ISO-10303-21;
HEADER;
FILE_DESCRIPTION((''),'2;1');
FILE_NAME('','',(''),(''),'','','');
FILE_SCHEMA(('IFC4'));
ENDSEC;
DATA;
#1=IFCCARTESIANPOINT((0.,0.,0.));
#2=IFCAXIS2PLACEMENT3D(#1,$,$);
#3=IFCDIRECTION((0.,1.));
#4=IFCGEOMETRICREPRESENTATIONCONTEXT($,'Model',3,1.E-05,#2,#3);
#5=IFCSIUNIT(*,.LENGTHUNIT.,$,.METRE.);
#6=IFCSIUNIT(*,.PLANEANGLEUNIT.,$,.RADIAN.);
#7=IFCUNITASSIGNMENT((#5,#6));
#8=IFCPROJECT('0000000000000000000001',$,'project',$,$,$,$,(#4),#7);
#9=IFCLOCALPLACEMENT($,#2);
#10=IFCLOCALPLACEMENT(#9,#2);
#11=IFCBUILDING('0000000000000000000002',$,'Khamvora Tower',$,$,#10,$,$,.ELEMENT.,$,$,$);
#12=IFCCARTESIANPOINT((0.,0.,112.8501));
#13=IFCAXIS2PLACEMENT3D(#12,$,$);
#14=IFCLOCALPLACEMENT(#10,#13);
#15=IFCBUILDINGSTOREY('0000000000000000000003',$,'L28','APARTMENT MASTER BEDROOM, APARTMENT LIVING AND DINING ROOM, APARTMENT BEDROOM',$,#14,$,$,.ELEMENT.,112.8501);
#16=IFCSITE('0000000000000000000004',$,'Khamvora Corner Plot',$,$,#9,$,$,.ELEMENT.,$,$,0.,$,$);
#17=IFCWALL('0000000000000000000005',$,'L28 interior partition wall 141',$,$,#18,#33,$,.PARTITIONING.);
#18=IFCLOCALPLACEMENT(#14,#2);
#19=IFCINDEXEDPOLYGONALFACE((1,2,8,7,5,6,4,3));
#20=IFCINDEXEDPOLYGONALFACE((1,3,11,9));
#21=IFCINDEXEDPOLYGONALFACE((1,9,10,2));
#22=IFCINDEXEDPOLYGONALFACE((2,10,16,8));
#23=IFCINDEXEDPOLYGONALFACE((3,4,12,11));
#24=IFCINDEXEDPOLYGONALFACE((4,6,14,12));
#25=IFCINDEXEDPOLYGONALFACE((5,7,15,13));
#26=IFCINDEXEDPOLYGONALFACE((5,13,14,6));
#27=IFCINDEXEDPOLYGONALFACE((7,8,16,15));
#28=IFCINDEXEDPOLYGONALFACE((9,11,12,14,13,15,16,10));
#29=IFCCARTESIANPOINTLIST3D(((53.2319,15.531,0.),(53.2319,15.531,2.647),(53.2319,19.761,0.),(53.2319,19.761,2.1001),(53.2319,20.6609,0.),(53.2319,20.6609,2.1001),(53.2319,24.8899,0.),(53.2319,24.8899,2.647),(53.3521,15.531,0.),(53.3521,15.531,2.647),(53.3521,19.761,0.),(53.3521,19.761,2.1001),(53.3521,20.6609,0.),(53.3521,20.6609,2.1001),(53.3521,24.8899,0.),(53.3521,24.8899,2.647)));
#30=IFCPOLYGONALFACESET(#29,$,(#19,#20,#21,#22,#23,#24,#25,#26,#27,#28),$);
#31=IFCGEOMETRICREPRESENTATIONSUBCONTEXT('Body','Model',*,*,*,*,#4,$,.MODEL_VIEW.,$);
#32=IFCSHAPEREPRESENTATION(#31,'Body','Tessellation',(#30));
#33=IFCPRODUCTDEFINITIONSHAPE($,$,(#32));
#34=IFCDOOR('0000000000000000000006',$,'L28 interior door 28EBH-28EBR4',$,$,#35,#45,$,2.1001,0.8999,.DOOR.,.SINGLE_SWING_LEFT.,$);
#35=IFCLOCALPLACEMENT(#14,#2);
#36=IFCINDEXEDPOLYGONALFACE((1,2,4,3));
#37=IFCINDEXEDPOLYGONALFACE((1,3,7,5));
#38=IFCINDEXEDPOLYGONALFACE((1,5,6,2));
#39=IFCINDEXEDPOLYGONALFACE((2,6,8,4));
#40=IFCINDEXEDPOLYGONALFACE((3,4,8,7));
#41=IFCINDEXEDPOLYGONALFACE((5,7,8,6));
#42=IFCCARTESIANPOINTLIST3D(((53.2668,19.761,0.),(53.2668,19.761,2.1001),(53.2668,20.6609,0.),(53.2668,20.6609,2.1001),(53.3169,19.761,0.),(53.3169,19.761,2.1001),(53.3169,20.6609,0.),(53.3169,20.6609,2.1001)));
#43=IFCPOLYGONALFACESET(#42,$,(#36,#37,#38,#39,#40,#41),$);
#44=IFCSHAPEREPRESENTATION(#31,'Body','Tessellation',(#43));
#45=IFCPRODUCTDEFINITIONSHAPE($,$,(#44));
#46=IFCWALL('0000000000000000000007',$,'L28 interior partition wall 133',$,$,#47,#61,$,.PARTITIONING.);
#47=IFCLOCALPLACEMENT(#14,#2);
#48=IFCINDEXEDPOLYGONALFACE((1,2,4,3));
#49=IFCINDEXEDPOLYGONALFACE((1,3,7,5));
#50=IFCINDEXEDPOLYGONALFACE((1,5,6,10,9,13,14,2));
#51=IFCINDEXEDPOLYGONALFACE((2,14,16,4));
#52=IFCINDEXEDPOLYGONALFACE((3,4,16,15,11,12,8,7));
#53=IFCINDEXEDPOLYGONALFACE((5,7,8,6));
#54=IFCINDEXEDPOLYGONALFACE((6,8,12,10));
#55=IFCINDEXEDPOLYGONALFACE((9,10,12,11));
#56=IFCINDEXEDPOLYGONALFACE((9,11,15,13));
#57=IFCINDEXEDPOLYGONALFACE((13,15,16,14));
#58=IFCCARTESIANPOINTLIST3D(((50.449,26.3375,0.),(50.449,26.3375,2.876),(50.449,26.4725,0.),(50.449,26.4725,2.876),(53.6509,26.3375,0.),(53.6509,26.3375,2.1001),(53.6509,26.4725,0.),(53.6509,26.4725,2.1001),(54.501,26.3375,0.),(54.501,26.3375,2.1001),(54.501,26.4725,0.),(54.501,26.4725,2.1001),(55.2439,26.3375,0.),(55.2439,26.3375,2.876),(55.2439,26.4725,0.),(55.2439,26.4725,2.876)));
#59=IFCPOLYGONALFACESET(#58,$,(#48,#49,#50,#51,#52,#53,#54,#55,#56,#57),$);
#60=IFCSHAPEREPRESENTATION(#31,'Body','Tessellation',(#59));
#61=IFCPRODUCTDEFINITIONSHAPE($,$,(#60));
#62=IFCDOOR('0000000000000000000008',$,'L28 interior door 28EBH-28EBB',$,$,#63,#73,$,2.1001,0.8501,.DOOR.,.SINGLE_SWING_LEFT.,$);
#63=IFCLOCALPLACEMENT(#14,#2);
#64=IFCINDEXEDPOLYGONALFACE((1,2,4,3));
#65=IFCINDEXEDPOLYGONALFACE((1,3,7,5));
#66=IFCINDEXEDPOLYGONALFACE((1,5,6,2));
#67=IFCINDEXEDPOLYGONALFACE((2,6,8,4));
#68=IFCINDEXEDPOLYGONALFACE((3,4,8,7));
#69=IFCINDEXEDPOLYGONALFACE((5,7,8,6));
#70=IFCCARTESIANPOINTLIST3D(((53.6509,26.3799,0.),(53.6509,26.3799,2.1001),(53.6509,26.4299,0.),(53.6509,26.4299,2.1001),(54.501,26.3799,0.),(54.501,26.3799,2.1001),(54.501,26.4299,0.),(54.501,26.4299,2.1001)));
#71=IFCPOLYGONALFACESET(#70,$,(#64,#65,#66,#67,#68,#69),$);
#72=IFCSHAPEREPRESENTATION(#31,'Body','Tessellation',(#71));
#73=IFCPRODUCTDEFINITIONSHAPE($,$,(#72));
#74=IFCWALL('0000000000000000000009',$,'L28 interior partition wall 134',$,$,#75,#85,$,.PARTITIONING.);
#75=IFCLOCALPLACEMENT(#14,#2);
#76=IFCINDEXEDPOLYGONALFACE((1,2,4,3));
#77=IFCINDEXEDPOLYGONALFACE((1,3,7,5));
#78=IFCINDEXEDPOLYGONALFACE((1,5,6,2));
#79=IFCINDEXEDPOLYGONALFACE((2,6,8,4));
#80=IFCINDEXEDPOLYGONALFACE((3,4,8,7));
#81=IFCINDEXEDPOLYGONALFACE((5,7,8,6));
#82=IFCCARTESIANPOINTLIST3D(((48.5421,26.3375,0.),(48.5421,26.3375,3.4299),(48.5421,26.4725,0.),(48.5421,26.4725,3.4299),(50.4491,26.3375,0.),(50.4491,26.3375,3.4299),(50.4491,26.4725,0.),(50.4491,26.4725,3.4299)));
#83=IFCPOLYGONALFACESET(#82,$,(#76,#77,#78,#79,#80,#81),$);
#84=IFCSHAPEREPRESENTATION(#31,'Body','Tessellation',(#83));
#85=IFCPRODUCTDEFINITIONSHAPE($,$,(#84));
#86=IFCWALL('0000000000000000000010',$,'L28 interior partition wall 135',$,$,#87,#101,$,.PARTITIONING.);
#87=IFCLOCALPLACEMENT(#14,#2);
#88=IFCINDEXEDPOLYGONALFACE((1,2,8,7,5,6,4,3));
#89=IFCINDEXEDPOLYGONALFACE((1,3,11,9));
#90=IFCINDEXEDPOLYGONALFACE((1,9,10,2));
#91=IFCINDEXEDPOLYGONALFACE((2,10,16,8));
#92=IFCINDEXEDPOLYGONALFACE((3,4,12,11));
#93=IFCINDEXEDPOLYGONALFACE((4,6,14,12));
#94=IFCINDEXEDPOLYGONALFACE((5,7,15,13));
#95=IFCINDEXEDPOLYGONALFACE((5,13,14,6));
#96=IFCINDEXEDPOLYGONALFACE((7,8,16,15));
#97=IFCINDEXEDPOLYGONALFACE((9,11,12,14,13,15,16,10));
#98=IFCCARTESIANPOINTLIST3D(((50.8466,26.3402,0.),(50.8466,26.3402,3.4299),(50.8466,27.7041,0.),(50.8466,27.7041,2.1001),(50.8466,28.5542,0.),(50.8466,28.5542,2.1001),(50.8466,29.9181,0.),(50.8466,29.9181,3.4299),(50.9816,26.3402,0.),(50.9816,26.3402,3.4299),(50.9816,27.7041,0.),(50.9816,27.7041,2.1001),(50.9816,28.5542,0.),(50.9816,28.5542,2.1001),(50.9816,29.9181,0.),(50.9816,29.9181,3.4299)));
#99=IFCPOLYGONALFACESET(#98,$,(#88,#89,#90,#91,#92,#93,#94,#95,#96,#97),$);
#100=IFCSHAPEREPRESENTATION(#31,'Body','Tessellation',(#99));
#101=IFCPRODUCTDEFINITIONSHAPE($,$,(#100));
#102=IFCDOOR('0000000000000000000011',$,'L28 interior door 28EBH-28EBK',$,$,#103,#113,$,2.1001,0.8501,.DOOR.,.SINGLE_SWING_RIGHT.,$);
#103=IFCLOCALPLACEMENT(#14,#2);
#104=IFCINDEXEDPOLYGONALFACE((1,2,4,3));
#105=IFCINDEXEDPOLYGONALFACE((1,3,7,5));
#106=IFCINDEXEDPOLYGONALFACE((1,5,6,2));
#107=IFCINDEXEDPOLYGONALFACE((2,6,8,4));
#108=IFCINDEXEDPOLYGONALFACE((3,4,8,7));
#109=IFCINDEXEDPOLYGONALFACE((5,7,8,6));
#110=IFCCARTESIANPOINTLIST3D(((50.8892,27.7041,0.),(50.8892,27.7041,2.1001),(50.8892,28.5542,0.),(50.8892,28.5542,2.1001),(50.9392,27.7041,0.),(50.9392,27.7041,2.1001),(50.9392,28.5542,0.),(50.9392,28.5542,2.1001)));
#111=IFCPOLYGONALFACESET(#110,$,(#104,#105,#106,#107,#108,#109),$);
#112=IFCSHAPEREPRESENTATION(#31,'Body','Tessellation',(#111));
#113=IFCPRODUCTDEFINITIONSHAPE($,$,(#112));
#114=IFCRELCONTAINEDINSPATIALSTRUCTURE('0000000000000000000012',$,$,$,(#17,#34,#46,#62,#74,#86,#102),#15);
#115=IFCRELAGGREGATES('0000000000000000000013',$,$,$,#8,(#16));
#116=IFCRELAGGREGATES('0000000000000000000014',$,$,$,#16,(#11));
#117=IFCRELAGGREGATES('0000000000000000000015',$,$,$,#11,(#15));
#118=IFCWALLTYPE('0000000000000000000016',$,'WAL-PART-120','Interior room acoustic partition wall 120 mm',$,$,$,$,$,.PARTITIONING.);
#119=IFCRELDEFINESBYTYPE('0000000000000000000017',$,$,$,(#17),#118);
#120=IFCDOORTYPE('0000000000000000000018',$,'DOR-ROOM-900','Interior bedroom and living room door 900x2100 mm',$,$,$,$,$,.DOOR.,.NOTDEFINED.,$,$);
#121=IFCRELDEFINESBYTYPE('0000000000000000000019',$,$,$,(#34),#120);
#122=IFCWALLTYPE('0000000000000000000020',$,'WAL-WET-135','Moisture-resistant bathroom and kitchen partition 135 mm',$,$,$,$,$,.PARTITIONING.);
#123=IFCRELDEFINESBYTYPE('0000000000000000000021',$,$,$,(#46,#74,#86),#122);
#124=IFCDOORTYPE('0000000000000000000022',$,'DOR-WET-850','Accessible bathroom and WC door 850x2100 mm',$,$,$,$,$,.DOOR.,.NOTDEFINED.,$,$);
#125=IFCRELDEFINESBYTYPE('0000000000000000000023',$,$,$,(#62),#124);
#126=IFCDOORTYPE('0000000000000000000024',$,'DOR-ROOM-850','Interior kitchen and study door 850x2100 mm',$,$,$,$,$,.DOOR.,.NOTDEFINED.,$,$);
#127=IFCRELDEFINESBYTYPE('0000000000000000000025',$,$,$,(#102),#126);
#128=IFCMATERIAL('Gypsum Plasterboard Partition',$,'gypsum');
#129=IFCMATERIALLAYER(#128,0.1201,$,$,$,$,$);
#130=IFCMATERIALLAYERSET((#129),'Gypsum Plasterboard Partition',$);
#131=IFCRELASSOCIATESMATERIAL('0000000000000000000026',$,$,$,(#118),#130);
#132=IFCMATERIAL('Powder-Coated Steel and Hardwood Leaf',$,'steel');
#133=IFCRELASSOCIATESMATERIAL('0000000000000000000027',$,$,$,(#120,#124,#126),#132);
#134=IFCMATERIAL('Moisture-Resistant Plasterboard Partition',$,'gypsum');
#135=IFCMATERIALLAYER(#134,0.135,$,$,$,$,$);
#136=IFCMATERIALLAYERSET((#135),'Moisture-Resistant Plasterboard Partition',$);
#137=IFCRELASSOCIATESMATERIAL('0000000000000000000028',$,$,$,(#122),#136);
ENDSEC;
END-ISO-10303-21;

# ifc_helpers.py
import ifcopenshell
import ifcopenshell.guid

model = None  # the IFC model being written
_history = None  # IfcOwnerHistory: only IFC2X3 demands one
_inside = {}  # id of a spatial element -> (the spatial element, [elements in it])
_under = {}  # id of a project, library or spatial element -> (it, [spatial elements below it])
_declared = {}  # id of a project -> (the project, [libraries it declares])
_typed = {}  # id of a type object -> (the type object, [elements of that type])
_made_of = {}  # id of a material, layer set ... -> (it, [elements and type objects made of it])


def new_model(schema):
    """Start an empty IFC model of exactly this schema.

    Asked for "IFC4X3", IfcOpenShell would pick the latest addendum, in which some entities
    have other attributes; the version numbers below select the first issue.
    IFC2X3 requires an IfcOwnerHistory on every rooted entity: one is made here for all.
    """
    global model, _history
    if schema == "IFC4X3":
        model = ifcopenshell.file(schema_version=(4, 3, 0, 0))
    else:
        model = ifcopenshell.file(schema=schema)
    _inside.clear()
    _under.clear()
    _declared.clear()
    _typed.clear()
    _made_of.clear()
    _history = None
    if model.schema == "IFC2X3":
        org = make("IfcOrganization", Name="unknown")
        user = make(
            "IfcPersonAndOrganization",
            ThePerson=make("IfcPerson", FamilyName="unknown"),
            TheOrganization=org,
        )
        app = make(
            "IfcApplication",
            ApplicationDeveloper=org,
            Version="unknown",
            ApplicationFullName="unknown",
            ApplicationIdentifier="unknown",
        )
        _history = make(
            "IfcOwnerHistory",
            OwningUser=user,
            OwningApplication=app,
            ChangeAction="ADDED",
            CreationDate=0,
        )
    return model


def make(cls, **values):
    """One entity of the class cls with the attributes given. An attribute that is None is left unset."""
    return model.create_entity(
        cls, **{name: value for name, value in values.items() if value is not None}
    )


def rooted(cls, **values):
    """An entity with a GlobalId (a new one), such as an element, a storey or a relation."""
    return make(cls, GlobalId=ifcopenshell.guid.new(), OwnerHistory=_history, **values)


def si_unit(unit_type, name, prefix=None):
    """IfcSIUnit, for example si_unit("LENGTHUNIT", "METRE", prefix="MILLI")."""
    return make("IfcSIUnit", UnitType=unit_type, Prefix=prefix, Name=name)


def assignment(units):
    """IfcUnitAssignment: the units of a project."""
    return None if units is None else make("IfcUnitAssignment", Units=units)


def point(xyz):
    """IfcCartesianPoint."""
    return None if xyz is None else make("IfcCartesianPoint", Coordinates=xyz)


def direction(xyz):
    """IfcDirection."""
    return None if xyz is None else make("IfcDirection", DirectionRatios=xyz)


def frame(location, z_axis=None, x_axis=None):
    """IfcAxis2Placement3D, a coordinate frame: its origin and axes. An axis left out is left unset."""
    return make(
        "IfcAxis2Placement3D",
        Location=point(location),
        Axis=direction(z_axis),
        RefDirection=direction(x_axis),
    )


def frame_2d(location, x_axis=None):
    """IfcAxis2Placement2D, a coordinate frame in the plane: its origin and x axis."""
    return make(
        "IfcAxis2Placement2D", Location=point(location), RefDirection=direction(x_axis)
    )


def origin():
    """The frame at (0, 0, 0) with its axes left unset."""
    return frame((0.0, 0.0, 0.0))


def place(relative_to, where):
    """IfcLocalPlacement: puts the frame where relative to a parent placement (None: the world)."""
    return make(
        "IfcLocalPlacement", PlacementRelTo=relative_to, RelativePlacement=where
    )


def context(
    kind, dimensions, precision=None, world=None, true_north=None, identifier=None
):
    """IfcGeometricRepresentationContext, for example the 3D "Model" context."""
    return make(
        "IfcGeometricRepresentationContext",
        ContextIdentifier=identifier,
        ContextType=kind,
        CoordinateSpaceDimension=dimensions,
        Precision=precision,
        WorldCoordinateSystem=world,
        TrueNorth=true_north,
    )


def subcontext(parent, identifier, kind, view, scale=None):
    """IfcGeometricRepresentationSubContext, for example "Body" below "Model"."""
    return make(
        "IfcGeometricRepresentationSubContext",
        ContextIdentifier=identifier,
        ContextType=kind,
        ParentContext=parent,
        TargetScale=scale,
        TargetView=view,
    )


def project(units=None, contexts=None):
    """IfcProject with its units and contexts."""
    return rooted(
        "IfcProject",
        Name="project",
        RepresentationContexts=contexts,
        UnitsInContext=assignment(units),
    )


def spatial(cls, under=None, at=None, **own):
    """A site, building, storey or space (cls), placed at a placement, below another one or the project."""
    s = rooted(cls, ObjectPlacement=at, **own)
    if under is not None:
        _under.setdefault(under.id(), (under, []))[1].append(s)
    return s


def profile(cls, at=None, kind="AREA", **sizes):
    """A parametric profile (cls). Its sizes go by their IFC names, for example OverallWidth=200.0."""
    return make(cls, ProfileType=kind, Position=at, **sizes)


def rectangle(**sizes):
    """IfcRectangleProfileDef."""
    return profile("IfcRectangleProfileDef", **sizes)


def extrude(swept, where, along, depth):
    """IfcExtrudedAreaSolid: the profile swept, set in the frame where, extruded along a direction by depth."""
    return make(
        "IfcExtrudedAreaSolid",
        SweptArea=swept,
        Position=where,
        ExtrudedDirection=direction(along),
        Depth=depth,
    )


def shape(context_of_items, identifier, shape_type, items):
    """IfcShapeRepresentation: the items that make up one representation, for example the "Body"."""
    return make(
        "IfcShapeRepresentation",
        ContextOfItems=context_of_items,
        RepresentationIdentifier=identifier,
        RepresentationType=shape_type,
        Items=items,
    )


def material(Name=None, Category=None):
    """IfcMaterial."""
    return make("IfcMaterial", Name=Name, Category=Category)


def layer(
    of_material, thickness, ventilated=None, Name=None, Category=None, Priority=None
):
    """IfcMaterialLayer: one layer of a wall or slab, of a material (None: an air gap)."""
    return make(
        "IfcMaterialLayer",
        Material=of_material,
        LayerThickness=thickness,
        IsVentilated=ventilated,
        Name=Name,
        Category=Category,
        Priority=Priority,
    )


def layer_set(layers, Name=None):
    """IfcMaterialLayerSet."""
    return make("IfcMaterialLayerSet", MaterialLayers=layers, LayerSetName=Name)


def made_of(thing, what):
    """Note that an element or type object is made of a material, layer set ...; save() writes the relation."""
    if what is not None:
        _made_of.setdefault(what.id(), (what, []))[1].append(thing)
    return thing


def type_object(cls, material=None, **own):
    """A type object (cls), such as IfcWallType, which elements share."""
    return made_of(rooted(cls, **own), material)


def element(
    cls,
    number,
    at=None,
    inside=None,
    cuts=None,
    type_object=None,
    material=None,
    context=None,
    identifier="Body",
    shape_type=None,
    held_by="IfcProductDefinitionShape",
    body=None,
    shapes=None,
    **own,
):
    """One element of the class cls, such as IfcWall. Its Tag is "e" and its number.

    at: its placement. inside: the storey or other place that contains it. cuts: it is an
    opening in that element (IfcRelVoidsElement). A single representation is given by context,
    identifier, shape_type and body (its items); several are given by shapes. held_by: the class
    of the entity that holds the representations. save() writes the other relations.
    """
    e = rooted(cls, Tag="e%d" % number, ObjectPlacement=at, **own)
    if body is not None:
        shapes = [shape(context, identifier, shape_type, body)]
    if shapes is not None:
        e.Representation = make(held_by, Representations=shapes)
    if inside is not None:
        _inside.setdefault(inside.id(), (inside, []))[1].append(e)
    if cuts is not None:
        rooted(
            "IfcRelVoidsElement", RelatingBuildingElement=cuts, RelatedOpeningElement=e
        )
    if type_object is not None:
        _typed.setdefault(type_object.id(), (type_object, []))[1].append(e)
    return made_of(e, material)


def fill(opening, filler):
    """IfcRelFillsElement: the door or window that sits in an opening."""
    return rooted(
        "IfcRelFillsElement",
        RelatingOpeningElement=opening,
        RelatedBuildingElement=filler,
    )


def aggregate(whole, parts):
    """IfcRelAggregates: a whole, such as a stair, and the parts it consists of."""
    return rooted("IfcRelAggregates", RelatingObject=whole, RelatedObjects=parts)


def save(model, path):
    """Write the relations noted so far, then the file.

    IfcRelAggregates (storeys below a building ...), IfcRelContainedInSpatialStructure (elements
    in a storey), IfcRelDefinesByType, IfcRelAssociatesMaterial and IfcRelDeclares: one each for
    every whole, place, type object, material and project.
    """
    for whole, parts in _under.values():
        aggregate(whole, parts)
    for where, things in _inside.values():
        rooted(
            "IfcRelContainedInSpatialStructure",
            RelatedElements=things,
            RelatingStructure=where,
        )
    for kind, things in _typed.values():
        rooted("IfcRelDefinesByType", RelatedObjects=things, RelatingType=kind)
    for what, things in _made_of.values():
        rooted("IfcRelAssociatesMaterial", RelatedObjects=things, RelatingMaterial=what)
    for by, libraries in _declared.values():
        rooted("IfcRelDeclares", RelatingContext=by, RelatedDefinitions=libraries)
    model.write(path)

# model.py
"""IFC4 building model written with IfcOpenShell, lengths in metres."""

from ifc_helpers import new_model, si_unit, direction, frame, frame_2d, origin, place, context, subcontext, project, spatial, rectangle, extrude, material, layer, layer_set, type_object, element, fill, save


model = new_model("IFC4")

# Units and contexts
model_context = context("Model", 3, precision=1e-05, world=origin(), true_north=direction((0.0, 1.0)))
body_context = subcontext(model_context, "Body", "Model", "MODEL_VIEW")
ifc_project = project(units=[si_unit("LENGTHUNIT", "METRE"), si_unit("PLANEANGLEUNIT", "RADIAN")], contexts=[model_context])

# Site, building, storey
site_placement = place(None, origin())
site = spatial("IfcSite", under=ifc_project, at=site_placement, Name="Khamvora Corner Plot", CompositionType="ELEMENT", RefElevation=0.0)
building_placement = place(site_placement, origin())
building = spatial("IfcBuilding", under=site, at=building_placement, Name="Khamvora Tower", CompositionType="ELEMENT")
storey_placement = place(building_placement, frame((0.0, 0.0, 112.8501)))
storey = spatial("IfcBuildingStorey", under=building, at=storey_placement, Name="L28", Description="APARTMENT MASTER BEDROOM, APARTMENT LIVING AND DINING ROOM, APARTMENT BEDROOM", CompositionType="ELEMENT", Elevation=112.8501)

# Shared definitions
ifc_material_1 = material(Name="Powder-Coated Steel and Hardwood Leaf", Category="steel")

# Shared definitions
ifc_material_2 = material(Name="Gypsum Plasterboard Partition", Category="gypsum")
ifc_layer_1 = layer(ifc_material_2, 0.1201)
ifc_layer_set_1 = layer_set([ifc_layer_1], Name="Gypsum Plasterboard Partition")
wall_type_1 = type_object("IfcWallType", Name="WAL-PART-120", Description="Interior room acoustic partition wall 120 mm", PredefinedType="PARTITIONING", material=ifc_layer_set_1)
door_type_1 = type_object("IfcDoorType", Name="DOR-ROOM-900", Description="Interior bedroom and living room door 900x2100 mm", OperationType="NOTDEFINED", PredefinedType="DOOR", material=ifc_material_1)

# Walls, openings, doors
wall_1_placement = place(storey_placement, frame((53.292, 24.8899, 0.0), z_axis=(0.0, 0.0, 1.0), x_axis=(0.0, -1.0, 0.0)))
wall_1 = element("IfcWall", 1, at=wall_1_placement, inside=storey, type_object=wall_type_1, Name="L28 interior partition wall 141", PredefinedType="PARTITIONING", context=body_context, shape_type="SweptSolid", body=[
    extrude(rectangle(XDim=9.3589, YDim=0.1201, at=frame_2d((4.6794, 0.0))), origin(), (0.0, 0.0, 1.0), 2.647),
])
opening_1_placement = place(wall_1_placement, frame((4.229, 0.0, 0.0)))
opening_1 = element("IfcOpeningElement", 2, at=opening_1_placement, cuts=wall_1, PredefinedType="OPENING", context=body_context, shape_type="SweptSolid", body=[
    extrude(rectangle(XDim=0.8999, YDim=2.1001, at=frame_2d((0.45, 1.05))), frame((0.0, 0.0701, 0.0), z_axis=(0.0, -1.0, 0.0), x_axis=(1.0, 0.0, 0.0)), (0.0, 0.0, 1.0), 0.1401),
])
door_1_placement = place(opening_1_placement, origin())
door_1 = element("IfcDoor", 3, at=door_1_placement, inside=storey, type_object=door_type_1, Name="L28 interior door 28EBH-28EBR4", OperationType="SINGLE_SWING_LEFT", OverallHeight=2.1001, OverallWidth=0.8999, PredefinedType="DOOR", context=body_context, shape_type="SweptSolid", body=[
    extrude(rectangle(XDim=0.8999, YDim=2.1001, at=frame_2d((0.45, 1.05))), frame((0.0, 0.0249, 0.0), z_axis=(0.0, -1.0, 0.0), x_axis=(1.0, 0.0, 0.0)), (0.0, 0.0, 1.0), 0.05),
])
fill(opening_1, door_1)
ifc_material_3 = material(Name="Moisture-Resistant Plasterboard Partition", Category="gypsum")
ifc_layer_2 = layer(ifc_material_3, 0.135)
ifc_layer_set_2 = layer_set([ifc_layer_2], Name="Moisture-Resistant Plasterboard Partition")
wall_type_2 = type_object("IfcWallType", Name="WAL-WET-135", Description="Moisture-resistant bathroom and kitchen partition 135 mm", PredefinedType="PARTITIONING", material=ifc_layer_set_2)
wall_2_placement = place(storey_placement, frame((50.449, 26.405, 0.0), z_axis=(0.0, 0.0, 1.0), x_axis=(1.0, 0.0, 0.0)))
wall_2 = element("IfcWall", 4, at=wall_2_placement, inside=storey, type_object=wall_type_2, Name="L28 interior partition wall 133", PredefinedType="PARTITIONING", context=body_context, shape_type="SweptSolid", body=[
    extrude(rectangle(XDim=4.7949, YDim=0.135, at=frame_2d((2.3975, 0.0))), origin(), (0.0, 0.0, 1.0), 2.876),
])
opening_2_placement = place(wall_2_placement, frame((3.2019, 0.0, 0.0)))
opening_2 = element("IfcOpeningElement", 5, at=opening_2_placement, cuts=wall_2, PredefinedType="OPENING", context=body_context, shape_type="SweptSolid", body=[
    extrude(rectangle(XDim=0.8501, YDim=2.1001, at=frame_2d((0.425, 1.05))), frame((0.0, 0.0774, 0.0), z_axis=(0.0, -1.0, 0.0), x_axis=(1.0, 0.0, 0.0)), (0.0, 0.0, 1.0), 0.155),
])
door_type_2 = type_object("IfcDoorType", Name="DOR-WET-850", Description="Accessible bathroom and WC door 850x2100 mm", OperationType="NOTDEFINED", PredefinedType="DOOR", material=ifc_material_1)
door_2_placement = place(opening_2_placement, origin())
door_2 = element("IfcDoor", 6, at=door_2_placement, inside=storey, type_object=door_type_2, Name="L28 interior door 28EBH-28EBB", OperationType="SINGLE_SWING_LEFT", OverallHeight=2.1001, OverallWidth=0.8501, PredefinedType="DOOR", context=body_context, shape_type="SweptSolid", body=[
    extrude(rectangle(XDim=0.8501, YDim=2.1001, at=frame_2d((0.425, 1.05))), frame((0.0, 0.0249, 0.0), z_axis=(0.0, -1.0, 0.0), x_axis=(1.0, 0.0, 0.0)), (0.0, 0.0, 1.0), 0.05),
])
fill(opening_2, door_2)

# Wall
wall_3_placement = place(storey_placement, frame((48.542, 26.405, 0.0), z_axis=(0.0, 0.0, 1.0), x_axis=(1.0, 0.0, 0.0)))
element("IfcWall", 7, at=wall_3_placement, inside=storey, type_object=wall_type_2, Name="L28 interior partition wall 134", PredefinedType="PARTITIONING", context=body_context, shape_type="SweptSolid", body=[
    extrude(rectangle(XDim=1.907, YDim=0.135, at=frame_2d((0.9536, 0.0))), origin(), (0.0, 0.0, 1.0), 3.4299),
])

# Wall, opening, door
wall_4_placement = place(storey_placement, frame((50.9141, 26.3401, 0.0), z_axis=(0.0, 0.0, 1.0), x_axis=(0.0, 1.0, 0.0)))
wall_4 = element("IfcWall", 8, at=wall_4_placement, inside=storey, type_object=wall_type_2, Name="L28 interior partition wall 135", PredefinedType="PARTITIONING", context=body_context, shape_type="SweptSolid", body=[
    extrude(rectangle(XDim=3.5779, YDim=0.135, at=frame_2d((1.7891, 0.0))), origin(), (0.0, 0.0, 1.0), 3.4299),
])
opening_3_placement = place(wall_4_placement, frame((1.364, 0.0, 0.0)))
opening_3 = element("IfcOpeningElement", 9, at=opening_3_placement, cuts=wall_4, PredefinedType="OPENING", context=body_context, shape_type="SweptSolid", body=[
    extrude(rectangle(XDim=0.8501, YDim=2.1001, at=frame_2d((0.425, 1.05))), frame((0.0, 0.0774, 0.0), z_axis=(0.0, -1.0, 0.0), x_axis=(1.0, 0.0, 0.0)), (0.0, 0.0, 1.0), 0.155),
])
door_type_3 = type_object("IfcDoorType", Name="DOR-ROOM-850", Description="Interior kitchen and study door 850x2100 mm", OperationType="NOTDEFINED", PredefinedType="DOOR", material=ifc_material_1)
door_3_placement = place(opening_3_placement, origin())
door_3 = element("IfcDoor", 10, at=door_3_placement, inside=storey, type_object=door_type_3, Name="L28 interior door 28EBH-28EBK", OperationType="SINGLE_SWING_RIGHT", OverallHeight=2.1001, OverallWidth=0.8501, PredefinedType="DOOR", context=body_context, shape_type="SweptSolid", body=[
    extrude(rectangle(XDim=0.8501, YDim=2.1001, at=frame_2d((0.425, 1.05))), frame((0.0, 0.0249, 0.0), z_axis=(0.0, -1.0, 0.0), x_axis=(1.0, 0.0, 0.0)), (0.0, 0.0, 1.0), 0.05),
])
fill(opening_3, door_3)

save(model, "model.ifc")
